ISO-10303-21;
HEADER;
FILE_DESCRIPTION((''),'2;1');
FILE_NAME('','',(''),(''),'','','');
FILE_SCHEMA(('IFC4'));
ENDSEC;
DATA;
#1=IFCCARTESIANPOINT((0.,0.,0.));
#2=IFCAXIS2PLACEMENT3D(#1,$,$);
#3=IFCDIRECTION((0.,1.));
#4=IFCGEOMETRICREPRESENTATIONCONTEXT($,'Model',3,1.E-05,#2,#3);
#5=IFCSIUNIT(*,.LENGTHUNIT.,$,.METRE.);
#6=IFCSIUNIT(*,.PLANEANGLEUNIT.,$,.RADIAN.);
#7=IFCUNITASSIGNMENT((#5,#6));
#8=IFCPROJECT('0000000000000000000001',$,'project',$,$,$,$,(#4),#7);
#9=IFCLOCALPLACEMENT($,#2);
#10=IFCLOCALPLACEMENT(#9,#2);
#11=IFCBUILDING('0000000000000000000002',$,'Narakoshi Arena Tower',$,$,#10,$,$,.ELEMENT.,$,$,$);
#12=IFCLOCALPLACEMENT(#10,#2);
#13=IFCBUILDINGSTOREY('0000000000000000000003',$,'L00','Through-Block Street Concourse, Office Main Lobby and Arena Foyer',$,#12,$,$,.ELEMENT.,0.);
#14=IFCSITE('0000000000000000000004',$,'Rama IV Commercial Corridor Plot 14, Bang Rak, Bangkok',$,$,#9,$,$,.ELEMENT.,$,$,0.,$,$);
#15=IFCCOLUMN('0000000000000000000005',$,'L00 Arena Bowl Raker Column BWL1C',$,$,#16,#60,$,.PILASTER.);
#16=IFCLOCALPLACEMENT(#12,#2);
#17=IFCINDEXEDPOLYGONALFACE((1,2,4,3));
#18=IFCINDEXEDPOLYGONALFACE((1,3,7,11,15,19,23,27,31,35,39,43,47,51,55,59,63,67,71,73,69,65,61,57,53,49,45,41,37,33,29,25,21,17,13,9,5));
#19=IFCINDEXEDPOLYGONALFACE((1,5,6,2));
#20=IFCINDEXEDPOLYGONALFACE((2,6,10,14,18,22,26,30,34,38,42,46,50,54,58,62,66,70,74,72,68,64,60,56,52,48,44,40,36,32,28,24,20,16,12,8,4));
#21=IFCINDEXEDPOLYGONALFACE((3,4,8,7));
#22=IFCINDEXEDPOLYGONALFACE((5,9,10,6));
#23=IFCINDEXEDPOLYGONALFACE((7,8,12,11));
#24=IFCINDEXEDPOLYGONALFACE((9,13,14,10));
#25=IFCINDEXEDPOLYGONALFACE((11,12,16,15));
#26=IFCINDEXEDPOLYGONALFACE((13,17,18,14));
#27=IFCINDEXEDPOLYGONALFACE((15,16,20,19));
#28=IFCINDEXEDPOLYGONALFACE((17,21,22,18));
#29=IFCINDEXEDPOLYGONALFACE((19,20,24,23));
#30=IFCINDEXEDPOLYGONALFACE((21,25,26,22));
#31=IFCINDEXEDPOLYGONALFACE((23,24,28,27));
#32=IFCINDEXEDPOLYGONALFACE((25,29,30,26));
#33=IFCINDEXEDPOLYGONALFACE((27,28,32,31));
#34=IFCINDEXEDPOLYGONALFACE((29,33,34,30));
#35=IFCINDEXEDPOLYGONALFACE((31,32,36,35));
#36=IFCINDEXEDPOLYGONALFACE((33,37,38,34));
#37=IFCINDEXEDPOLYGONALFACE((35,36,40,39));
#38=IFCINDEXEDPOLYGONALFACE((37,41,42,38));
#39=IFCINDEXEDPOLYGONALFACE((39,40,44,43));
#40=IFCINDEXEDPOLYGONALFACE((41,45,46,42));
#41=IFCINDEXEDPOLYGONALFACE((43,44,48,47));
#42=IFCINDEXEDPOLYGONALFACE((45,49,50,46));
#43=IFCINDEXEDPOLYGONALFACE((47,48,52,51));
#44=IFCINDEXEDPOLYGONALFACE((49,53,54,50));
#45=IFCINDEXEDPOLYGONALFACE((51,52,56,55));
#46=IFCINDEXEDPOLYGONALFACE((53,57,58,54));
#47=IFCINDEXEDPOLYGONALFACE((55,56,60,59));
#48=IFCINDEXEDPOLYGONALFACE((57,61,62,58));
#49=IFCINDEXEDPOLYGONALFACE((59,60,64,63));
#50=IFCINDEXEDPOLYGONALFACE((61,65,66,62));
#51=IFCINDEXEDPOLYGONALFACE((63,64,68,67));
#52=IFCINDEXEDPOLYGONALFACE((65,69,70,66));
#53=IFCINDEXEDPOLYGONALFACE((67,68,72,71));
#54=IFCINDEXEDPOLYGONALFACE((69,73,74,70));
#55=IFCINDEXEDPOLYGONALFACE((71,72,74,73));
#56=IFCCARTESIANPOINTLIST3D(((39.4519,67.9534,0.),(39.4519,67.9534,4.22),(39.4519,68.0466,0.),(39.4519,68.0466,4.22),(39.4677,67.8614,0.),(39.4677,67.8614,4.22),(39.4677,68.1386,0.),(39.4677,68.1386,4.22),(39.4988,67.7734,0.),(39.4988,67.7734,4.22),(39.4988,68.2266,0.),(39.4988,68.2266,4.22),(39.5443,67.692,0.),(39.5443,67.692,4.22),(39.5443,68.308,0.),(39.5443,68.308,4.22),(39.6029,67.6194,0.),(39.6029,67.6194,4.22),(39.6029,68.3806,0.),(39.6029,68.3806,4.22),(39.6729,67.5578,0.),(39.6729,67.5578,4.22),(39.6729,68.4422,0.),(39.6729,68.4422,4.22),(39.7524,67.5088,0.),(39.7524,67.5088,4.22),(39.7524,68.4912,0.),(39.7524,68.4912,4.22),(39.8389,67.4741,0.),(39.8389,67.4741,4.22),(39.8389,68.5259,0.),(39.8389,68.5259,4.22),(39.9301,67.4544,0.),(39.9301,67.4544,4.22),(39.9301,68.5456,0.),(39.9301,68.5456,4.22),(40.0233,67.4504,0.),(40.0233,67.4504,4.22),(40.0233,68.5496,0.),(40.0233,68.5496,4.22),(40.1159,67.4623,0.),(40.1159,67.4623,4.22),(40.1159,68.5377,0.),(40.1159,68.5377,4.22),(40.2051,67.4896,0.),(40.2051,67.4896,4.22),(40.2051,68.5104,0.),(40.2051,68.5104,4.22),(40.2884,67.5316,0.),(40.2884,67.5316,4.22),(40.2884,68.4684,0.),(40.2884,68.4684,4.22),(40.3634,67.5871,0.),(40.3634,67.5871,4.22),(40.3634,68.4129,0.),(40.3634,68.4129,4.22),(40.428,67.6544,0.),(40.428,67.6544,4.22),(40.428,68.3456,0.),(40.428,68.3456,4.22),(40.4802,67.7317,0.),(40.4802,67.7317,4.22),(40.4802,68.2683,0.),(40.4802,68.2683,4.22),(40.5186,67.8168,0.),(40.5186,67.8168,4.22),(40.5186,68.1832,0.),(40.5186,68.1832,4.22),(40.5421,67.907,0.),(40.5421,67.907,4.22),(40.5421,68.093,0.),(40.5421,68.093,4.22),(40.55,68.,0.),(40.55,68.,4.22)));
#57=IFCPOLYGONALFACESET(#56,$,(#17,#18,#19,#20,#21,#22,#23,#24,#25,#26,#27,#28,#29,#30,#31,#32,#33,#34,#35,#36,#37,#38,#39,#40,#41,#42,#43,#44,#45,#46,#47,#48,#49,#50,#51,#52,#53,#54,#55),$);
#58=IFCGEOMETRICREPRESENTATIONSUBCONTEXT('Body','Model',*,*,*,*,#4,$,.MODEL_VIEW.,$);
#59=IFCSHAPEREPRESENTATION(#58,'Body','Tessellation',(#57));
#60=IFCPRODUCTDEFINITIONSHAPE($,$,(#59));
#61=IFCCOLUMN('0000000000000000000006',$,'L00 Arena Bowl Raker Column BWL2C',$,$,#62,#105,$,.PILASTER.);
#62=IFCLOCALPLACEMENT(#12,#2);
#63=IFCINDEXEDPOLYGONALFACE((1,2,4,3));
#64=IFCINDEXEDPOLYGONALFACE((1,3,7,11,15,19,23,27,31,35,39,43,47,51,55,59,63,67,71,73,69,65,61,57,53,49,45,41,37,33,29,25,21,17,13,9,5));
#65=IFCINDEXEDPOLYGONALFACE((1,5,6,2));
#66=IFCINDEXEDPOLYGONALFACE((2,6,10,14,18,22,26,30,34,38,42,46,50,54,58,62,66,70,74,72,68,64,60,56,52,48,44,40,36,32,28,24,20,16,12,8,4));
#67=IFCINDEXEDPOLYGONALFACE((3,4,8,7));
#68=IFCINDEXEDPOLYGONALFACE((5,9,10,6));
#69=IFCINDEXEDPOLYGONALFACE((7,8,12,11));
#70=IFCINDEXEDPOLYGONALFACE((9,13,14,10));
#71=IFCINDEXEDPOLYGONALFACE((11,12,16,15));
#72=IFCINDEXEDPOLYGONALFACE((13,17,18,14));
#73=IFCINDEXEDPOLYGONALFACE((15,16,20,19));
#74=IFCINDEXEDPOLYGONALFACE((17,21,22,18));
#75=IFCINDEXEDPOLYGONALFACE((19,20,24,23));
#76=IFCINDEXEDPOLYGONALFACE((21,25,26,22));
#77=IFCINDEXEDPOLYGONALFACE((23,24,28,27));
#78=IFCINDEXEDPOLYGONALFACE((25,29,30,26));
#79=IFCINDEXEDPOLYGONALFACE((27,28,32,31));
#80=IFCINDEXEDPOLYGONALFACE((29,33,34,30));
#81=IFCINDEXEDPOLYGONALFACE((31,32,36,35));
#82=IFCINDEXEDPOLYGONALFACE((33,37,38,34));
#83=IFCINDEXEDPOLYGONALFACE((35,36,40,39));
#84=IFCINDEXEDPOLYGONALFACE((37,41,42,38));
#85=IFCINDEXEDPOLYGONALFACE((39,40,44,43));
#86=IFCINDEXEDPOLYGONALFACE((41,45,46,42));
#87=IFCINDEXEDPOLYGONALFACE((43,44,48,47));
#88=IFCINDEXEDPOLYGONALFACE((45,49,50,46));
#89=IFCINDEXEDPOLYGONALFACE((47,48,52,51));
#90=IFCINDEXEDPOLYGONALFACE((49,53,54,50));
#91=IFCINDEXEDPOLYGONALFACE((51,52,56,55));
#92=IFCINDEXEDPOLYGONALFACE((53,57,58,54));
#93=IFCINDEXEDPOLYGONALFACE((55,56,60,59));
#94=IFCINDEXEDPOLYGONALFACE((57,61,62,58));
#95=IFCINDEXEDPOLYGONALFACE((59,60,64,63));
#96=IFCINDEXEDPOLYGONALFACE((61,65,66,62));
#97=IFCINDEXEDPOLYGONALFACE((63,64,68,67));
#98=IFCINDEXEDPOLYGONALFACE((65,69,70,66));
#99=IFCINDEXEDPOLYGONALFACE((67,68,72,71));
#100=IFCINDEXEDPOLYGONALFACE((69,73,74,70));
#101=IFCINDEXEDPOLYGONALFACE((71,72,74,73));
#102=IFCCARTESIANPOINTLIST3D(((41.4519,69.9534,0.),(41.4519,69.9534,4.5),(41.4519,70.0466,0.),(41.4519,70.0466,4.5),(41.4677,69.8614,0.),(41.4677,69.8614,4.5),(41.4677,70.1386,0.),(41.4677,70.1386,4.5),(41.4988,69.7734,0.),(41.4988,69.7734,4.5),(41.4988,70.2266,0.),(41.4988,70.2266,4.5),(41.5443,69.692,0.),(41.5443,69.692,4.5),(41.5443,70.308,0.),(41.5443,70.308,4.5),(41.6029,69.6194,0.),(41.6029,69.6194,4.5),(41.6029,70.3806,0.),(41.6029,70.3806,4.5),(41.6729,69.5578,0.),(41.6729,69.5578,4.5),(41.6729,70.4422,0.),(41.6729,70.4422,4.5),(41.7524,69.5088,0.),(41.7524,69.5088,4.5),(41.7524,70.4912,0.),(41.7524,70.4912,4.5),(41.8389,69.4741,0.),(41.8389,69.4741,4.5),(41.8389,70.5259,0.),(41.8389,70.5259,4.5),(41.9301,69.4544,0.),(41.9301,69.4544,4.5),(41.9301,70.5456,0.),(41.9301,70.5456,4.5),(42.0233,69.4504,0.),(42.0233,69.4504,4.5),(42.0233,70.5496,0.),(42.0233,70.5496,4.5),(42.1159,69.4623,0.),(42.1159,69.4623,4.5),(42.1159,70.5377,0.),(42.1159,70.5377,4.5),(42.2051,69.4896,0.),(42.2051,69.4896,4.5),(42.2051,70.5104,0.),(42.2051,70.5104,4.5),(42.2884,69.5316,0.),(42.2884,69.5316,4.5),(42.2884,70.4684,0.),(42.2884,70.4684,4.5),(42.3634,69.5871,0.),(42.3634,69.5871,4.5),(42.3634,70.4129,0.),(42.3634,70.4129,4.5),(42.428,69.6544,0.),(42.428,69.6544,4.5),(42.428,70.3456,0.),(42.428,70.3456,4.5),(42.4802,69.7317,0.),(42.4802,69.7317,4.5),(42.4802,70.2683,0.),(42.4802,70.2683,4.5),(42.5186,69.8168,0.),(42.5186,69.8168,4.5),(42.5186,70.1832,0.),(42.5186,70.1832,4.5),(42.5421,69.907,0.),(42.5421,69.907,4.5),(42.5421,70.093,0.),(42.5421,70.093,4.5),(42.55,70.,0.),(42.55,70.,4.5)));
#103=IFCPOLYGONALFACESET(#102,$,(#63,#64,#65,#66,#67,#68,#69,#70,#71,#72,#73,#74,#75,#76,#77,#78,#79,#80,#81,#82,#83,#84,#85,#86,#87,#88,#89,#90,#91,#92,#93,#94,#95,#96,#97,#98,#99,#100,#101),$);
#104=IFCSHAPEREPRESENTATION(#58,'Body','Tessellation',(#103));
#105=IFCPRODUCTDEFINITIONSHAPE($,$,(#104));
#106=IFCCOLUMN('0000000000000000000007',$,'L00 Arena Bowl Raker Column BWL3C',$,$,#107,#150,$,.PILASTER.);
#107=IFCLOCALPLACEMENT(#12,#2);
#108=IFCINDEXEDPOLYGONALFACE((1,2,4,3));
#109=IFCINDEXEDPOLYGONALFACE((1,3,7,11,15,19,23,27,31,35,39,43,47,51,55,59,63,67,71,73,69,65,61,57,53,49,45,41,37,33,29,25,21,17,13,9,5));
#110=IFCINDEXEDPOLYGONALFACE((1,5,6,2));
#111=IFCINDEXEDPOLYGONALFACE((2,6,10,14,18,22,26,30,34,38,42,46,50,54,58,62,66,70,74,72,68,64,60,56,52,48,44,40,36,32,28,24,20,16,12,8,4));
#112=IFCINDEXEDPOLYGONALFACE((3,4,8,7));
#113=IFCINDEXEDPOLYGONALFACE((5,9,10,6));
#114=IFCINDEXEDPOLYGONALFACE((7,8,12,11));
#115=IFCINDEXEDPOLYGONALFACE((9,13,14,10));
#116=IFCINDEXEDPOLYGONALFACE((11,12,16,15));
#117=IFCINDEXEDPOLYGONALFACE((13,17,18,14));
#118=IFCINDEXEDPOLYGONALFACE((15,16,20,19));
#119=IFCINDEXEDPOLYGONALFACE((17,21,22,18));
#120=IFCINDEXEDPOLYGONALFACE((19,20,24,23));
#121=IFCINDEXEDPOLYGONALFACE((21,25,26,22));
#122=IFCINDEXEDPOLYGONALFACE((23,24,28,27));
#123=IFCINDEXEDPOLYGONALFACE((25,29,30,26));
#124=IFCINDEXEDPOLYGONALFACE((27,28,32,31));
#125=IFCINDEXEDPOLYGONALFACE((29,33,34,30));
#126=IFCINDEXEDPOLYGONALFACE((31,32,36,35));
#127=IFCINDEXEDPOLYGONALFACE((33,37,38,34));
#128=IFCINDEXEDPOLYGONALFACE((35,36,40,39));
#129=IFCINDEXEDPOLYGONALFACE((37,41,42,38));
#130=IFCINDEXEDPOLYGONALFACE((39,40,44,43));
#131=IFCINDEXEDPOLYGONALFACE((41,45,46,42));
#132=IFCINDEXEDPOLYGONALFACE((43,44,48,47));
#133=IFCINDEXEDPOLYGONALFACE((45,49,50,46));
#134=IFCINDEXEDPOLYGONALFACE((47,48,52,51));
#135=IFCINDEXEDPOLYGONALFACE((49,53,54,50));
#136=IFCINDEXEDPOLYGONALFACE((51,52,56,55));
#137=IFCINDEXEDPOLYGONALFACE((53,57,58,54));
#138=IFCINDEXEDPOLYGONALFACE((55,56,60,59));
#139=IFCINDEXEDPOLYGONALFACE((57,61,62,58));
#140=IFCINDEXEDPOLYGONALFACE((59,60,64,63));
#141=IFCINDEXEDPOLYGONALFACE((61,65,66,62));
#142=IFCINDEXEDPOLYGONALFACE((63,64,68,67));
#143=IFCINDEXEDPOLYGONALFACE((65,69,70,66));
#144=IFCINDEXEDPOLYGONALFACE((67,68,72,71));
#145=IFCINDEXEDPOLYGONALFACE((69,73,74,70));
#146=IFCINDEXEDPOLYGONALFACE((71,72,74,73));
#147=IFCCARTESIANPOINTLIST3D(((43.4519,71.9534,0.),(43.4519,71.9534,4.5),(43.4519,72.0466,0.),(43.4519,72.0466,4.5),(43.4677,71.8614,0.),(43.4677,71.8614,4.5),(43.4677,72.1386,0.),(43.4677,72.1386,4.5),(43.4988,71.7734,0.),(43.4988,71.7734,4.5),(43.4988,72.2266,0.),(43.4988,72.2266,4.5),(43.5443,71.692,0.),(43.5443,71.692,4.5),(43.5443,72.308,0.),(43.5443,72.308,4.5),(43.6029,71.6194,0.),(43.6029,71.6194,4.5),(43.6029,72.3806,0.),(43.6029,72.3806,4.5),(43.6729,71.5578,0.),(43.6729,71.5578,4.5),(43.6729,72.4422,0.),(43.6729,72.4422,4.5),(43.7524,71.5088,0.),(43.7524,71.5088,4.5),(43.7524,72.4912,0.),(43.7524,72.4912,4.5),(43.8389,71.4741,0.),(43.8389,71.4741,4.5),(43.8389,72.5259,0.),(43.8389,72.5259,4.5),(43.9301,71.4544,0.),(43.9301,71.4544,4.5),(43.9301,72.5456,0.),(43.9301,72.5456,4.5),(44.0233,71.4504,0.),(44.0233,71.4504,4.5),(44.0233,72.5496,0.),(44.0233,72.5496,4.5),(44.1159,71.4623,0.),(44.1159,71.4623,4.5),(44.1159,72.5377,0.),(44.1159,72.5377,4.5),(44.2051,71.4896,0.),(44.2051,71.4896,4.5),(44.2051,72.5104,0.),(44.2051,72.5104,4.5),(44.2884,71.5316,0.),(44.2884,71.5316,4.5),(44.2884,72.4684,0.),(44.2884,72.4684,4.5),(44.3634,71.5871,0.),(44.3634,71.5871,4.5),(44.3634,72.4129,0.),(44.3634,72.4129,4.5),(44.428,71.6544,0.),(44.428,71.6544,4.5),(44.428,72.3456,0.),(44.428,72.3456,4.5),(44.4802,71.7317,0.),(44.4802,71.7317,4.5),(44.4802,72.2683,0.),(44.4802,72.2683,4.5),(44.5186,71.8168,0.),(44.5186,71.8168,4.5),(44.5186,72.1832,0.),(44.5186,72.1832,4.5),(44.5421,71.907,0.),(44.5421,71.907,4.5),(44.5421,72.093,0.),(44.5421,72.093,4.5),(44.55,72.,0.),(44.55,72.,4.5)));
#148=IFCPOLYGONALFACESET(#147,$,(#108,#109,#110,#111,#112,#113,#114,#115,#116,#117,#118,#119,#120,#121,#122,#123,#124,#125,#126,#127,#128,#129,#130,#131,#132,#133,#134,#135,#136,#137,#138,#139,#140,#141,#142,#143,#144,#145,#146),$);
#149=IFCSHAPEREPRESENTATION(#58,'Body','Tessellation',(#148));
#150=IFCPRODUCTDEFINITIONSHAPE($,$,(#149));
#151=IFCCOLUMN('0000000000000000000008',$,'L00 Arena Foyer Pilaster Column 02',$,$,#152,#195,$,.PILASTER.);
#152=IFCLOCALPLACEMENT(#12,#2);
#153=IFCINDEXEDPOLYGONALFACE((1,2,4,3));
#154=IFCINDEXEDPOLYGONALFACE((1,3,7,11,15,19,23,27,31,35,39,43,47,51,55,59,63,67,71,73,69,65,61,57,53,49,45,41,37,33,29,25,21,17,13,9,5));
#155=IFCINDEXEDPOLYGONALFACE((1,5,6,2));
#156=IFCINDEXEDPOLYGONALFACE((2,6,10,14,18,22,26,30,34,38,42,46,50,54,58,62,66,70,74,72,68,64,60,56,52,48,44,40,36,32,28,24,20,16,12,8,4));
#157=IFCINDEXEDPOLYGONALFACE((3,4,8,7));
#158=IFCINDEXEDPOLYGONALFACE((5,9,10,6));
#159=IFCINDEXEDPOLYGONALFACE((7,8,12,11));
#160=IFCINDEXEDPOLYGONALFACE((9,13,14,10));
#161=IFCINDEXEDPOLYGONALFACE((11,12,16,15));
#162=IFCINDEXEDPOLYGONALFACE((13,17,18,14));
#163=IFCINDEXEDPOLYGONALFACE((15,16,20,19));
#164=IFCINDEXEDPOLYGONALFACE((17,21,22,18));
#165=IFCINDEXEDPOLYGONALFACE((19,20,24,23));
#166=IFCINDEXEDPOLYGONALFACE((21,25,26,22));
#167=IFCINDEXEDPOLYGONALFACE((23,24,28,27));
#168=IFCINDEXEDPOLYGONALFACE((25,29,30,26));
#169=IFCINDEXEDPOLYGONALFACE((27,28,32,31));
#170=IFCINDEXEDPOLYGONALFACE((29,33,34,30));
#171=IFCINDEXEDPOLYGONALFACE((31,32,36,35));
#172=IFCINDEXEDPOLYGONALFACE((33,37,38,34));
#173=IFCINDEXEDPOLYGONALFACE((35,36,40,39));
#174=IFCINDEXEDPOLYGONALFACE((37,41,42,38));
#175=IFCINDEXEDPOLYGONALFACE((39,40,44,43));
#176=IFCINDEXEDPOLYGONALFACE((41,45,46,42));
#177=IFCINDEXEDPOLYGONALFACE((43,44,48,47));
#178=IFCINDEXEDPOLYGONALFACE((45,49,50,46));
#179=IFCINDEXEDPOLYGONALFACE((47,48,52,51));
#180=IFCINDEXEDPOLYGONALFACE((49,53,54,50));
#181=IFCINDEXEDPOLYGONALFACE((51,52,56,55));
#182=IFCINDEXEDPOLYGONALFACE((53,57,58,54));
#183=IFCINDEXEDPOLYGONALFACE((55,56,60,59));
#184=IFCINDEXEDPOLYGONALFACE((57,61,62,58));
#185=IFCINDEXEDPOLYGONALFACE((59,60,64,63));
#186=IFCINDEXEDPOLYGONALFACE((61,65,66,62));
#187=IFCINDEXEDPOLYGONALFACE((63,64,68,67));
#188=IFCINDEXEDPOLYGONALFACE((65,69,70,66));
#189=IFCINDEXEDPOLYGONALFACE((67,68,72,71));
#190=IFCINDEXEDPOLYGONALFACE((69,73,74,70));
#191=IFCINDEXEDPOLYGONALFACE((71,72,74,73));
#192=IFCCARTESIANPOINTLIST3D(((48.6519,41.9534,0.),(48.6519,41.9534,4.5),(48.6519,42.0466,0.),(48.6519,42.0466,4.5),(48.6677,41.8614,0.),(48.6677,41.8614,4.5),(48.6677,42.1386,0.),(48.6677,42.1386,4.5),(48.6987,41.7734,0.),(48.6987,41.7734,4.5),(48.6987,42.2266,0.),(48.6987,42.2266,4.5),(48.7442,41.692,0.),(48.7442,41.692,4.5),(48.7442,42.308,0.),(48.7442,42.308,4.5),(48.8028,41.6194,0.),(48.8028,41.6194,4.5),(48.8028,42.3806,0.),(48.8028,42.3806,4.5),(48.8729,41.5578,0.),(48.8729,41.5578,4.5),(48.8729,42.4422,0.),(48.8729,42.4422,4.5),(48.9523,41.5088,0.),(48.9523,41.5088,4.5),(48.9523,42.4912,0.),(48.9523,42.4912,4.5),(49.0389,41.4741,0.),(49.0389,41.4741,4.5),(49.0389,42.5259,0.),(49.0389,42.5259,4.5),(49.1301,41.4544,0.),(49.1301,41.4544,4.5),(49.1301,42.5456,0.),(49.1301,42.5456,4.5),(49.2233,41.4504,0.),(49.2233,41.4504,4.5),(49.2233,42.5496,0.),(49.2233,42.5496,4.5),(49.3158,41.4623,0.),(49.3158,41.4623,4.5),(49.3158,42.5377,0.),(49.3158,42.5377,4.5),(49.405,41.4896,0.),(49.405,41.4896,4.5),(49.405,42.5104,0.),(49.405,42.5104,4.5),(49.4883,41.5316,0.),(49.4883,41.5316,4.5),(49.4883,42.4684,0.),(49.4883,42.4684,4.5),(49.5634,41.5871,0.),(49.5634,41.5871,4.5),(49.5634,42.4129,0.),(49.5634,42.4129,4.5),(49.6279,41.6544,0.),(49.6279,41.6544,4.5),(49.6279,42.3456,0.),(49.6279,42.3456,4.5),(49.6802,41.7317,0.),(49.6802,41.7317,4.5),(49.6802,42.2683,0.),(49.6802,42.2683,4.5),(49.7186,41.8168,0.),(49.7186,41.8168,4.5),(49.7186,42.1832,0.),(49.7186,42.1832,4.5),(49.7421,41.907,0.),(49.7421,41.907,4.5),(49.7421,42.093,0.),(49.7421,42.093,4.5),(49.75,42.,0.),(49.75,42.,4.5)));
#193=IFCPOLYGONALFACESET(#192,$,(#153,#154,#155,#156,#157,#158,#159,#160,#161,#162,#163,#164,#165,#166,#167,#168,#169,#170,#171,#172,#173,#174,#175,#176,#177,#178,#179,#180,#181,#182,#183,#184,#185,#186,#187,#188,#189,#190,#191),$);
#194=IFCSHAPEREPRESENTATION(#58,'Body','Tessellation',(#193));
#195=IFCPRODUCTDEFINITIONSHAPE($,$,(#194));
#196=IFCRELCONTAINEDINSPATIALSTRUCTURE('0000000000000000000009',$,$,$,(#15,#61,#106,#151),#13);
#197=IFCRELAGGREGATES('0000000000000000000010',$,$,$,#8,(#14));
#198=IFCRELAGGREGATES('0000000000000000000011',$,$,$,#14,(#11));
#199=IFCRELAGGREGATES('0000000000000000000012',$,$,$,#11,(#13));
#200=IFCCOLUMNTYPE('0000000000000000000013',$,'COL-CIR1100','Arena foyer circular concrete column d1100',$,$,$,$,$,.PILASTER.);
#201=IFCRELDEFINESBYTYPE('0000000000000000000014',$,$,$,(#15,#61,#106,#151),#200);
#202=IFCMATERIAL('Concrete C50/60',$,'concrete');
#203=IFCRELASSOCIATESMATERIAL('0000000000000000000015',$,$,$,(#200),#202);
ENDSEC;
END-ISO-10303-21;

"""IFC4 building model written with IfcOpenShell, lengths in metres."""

from ifc_helpers import new_model, si_unit, direction, frame, origin, origin_2d, place, context, subcontext, project, spatial, circle, extrude, material, material_profile, profile_set, type_object, element, save


model = new_model("IFC4")

# Units and contexts
model_context = context("Model", 3, precision=1e-05, world=origin(), true_north=direction((0.0, 1.0)))
body_context = subcontext(model_context, "Body", "Model", "MODEL_VIEW")
ifc_project = project(units=[si_unit("LENGTHUNIT", "METRE"), si_unit("PLANEANGLEUNIT", "RADIAN")], contexts=[model_context])

# Site, building, storey
site_placement = place(None, origin())
site = spatial("IfcSite", under=ifc_project, at=site_placement, Name="Rama IV Commercial Corridor Plot 14, Bang Rak, Bangkok", CompositionType="ELEMENT", RefElevation=0.0)
building_placement = place(site_placement, origin())
building = spatial("IfcBuilding", under=site, at=building_placement, Name="Narakoshi Arena Tower", CompositionType="ELEMENT")
storey_placement = place(building_placement, origin())
storey = spatial("IfcBuildingStorey", under=building, at=storey_placement, Name="L00", Description="Through-Block Street Concourse, Office Main Lobby and Arena Foyer", CompositionType="ELEMENT", Elevation=0.0)

# Columns
ifc_material_1 = material(Name="Concrete C50/60", Category="concrete")
ifc_material_profile_1 = material_profile(ifc_material_1, circle(Radius=0.55, at=origin_2d()), Name="RCC1100")
ifc_profile_set_1 = profile_set([ifc_material_profile_1], Name="Concrete C50/60")
column_type_1 = type_object("IfcColumnType", Name="COL-CIR1100", Description="Arena foyer circular concrete column d1100", PredefinedType="PILASTER", material=ifc_profile_set_1)
column_1_placement = place(storey_placement, frame((40.0, 68.0, 0.0), z_axis=(0.0, 0.0, 1.0), x_axis=(1.0, 0.0, 0.0)))
element("IfcColumn", 1, at=column_1_placement, inside=storey, type_object=column_type_1, Name="L00 Arena Bowl Raker Column BWL1C", PredefinedType="PILASTER", context=body_context, shape_type="SweptSolid", body=[
    extrude(circle(Radius=0.55, at=origin_2d()), origin(), (0.0, 0.0, 1.0), 4.22),
])
for number, where, z_axis, x_axis, name in (
    (2, (42.0, 70.0, 0.0), (0.0, 0.0, 1.0), (1.0, 0.0, 0.0), "L00 Arena Bowl Raker Column BWL2C"),
    (3, (44.0, 72.0, 0.0), (0.0, 0.0, 1.0), (1.0, 0.0, 0.0), "L00 Arena Bowl Raker Column BWL3C"),
    (4, (49.2, 42.0, 0.0), (0.0, 0.0, 1.0), (1.0, 0.0, 0.0), "L00 Arena Foyer Pilaster Column 02"),
):
    element("IfcColumn", number, at=place(storey_placement, frame(where, z_axis=z_axis, x_axis=x_axis)), inside=storey, type_object=column_type_1, Name=name, PredefinedType="PILASTER", context=body_context, shape_type="SweptSolid", body=[
        extrude(circle(Radius=0.55, at=origin_2d()), origin(), (0.0, 0.0, 1.0), 4.5),
    ])

save(model, "model.ifc")
